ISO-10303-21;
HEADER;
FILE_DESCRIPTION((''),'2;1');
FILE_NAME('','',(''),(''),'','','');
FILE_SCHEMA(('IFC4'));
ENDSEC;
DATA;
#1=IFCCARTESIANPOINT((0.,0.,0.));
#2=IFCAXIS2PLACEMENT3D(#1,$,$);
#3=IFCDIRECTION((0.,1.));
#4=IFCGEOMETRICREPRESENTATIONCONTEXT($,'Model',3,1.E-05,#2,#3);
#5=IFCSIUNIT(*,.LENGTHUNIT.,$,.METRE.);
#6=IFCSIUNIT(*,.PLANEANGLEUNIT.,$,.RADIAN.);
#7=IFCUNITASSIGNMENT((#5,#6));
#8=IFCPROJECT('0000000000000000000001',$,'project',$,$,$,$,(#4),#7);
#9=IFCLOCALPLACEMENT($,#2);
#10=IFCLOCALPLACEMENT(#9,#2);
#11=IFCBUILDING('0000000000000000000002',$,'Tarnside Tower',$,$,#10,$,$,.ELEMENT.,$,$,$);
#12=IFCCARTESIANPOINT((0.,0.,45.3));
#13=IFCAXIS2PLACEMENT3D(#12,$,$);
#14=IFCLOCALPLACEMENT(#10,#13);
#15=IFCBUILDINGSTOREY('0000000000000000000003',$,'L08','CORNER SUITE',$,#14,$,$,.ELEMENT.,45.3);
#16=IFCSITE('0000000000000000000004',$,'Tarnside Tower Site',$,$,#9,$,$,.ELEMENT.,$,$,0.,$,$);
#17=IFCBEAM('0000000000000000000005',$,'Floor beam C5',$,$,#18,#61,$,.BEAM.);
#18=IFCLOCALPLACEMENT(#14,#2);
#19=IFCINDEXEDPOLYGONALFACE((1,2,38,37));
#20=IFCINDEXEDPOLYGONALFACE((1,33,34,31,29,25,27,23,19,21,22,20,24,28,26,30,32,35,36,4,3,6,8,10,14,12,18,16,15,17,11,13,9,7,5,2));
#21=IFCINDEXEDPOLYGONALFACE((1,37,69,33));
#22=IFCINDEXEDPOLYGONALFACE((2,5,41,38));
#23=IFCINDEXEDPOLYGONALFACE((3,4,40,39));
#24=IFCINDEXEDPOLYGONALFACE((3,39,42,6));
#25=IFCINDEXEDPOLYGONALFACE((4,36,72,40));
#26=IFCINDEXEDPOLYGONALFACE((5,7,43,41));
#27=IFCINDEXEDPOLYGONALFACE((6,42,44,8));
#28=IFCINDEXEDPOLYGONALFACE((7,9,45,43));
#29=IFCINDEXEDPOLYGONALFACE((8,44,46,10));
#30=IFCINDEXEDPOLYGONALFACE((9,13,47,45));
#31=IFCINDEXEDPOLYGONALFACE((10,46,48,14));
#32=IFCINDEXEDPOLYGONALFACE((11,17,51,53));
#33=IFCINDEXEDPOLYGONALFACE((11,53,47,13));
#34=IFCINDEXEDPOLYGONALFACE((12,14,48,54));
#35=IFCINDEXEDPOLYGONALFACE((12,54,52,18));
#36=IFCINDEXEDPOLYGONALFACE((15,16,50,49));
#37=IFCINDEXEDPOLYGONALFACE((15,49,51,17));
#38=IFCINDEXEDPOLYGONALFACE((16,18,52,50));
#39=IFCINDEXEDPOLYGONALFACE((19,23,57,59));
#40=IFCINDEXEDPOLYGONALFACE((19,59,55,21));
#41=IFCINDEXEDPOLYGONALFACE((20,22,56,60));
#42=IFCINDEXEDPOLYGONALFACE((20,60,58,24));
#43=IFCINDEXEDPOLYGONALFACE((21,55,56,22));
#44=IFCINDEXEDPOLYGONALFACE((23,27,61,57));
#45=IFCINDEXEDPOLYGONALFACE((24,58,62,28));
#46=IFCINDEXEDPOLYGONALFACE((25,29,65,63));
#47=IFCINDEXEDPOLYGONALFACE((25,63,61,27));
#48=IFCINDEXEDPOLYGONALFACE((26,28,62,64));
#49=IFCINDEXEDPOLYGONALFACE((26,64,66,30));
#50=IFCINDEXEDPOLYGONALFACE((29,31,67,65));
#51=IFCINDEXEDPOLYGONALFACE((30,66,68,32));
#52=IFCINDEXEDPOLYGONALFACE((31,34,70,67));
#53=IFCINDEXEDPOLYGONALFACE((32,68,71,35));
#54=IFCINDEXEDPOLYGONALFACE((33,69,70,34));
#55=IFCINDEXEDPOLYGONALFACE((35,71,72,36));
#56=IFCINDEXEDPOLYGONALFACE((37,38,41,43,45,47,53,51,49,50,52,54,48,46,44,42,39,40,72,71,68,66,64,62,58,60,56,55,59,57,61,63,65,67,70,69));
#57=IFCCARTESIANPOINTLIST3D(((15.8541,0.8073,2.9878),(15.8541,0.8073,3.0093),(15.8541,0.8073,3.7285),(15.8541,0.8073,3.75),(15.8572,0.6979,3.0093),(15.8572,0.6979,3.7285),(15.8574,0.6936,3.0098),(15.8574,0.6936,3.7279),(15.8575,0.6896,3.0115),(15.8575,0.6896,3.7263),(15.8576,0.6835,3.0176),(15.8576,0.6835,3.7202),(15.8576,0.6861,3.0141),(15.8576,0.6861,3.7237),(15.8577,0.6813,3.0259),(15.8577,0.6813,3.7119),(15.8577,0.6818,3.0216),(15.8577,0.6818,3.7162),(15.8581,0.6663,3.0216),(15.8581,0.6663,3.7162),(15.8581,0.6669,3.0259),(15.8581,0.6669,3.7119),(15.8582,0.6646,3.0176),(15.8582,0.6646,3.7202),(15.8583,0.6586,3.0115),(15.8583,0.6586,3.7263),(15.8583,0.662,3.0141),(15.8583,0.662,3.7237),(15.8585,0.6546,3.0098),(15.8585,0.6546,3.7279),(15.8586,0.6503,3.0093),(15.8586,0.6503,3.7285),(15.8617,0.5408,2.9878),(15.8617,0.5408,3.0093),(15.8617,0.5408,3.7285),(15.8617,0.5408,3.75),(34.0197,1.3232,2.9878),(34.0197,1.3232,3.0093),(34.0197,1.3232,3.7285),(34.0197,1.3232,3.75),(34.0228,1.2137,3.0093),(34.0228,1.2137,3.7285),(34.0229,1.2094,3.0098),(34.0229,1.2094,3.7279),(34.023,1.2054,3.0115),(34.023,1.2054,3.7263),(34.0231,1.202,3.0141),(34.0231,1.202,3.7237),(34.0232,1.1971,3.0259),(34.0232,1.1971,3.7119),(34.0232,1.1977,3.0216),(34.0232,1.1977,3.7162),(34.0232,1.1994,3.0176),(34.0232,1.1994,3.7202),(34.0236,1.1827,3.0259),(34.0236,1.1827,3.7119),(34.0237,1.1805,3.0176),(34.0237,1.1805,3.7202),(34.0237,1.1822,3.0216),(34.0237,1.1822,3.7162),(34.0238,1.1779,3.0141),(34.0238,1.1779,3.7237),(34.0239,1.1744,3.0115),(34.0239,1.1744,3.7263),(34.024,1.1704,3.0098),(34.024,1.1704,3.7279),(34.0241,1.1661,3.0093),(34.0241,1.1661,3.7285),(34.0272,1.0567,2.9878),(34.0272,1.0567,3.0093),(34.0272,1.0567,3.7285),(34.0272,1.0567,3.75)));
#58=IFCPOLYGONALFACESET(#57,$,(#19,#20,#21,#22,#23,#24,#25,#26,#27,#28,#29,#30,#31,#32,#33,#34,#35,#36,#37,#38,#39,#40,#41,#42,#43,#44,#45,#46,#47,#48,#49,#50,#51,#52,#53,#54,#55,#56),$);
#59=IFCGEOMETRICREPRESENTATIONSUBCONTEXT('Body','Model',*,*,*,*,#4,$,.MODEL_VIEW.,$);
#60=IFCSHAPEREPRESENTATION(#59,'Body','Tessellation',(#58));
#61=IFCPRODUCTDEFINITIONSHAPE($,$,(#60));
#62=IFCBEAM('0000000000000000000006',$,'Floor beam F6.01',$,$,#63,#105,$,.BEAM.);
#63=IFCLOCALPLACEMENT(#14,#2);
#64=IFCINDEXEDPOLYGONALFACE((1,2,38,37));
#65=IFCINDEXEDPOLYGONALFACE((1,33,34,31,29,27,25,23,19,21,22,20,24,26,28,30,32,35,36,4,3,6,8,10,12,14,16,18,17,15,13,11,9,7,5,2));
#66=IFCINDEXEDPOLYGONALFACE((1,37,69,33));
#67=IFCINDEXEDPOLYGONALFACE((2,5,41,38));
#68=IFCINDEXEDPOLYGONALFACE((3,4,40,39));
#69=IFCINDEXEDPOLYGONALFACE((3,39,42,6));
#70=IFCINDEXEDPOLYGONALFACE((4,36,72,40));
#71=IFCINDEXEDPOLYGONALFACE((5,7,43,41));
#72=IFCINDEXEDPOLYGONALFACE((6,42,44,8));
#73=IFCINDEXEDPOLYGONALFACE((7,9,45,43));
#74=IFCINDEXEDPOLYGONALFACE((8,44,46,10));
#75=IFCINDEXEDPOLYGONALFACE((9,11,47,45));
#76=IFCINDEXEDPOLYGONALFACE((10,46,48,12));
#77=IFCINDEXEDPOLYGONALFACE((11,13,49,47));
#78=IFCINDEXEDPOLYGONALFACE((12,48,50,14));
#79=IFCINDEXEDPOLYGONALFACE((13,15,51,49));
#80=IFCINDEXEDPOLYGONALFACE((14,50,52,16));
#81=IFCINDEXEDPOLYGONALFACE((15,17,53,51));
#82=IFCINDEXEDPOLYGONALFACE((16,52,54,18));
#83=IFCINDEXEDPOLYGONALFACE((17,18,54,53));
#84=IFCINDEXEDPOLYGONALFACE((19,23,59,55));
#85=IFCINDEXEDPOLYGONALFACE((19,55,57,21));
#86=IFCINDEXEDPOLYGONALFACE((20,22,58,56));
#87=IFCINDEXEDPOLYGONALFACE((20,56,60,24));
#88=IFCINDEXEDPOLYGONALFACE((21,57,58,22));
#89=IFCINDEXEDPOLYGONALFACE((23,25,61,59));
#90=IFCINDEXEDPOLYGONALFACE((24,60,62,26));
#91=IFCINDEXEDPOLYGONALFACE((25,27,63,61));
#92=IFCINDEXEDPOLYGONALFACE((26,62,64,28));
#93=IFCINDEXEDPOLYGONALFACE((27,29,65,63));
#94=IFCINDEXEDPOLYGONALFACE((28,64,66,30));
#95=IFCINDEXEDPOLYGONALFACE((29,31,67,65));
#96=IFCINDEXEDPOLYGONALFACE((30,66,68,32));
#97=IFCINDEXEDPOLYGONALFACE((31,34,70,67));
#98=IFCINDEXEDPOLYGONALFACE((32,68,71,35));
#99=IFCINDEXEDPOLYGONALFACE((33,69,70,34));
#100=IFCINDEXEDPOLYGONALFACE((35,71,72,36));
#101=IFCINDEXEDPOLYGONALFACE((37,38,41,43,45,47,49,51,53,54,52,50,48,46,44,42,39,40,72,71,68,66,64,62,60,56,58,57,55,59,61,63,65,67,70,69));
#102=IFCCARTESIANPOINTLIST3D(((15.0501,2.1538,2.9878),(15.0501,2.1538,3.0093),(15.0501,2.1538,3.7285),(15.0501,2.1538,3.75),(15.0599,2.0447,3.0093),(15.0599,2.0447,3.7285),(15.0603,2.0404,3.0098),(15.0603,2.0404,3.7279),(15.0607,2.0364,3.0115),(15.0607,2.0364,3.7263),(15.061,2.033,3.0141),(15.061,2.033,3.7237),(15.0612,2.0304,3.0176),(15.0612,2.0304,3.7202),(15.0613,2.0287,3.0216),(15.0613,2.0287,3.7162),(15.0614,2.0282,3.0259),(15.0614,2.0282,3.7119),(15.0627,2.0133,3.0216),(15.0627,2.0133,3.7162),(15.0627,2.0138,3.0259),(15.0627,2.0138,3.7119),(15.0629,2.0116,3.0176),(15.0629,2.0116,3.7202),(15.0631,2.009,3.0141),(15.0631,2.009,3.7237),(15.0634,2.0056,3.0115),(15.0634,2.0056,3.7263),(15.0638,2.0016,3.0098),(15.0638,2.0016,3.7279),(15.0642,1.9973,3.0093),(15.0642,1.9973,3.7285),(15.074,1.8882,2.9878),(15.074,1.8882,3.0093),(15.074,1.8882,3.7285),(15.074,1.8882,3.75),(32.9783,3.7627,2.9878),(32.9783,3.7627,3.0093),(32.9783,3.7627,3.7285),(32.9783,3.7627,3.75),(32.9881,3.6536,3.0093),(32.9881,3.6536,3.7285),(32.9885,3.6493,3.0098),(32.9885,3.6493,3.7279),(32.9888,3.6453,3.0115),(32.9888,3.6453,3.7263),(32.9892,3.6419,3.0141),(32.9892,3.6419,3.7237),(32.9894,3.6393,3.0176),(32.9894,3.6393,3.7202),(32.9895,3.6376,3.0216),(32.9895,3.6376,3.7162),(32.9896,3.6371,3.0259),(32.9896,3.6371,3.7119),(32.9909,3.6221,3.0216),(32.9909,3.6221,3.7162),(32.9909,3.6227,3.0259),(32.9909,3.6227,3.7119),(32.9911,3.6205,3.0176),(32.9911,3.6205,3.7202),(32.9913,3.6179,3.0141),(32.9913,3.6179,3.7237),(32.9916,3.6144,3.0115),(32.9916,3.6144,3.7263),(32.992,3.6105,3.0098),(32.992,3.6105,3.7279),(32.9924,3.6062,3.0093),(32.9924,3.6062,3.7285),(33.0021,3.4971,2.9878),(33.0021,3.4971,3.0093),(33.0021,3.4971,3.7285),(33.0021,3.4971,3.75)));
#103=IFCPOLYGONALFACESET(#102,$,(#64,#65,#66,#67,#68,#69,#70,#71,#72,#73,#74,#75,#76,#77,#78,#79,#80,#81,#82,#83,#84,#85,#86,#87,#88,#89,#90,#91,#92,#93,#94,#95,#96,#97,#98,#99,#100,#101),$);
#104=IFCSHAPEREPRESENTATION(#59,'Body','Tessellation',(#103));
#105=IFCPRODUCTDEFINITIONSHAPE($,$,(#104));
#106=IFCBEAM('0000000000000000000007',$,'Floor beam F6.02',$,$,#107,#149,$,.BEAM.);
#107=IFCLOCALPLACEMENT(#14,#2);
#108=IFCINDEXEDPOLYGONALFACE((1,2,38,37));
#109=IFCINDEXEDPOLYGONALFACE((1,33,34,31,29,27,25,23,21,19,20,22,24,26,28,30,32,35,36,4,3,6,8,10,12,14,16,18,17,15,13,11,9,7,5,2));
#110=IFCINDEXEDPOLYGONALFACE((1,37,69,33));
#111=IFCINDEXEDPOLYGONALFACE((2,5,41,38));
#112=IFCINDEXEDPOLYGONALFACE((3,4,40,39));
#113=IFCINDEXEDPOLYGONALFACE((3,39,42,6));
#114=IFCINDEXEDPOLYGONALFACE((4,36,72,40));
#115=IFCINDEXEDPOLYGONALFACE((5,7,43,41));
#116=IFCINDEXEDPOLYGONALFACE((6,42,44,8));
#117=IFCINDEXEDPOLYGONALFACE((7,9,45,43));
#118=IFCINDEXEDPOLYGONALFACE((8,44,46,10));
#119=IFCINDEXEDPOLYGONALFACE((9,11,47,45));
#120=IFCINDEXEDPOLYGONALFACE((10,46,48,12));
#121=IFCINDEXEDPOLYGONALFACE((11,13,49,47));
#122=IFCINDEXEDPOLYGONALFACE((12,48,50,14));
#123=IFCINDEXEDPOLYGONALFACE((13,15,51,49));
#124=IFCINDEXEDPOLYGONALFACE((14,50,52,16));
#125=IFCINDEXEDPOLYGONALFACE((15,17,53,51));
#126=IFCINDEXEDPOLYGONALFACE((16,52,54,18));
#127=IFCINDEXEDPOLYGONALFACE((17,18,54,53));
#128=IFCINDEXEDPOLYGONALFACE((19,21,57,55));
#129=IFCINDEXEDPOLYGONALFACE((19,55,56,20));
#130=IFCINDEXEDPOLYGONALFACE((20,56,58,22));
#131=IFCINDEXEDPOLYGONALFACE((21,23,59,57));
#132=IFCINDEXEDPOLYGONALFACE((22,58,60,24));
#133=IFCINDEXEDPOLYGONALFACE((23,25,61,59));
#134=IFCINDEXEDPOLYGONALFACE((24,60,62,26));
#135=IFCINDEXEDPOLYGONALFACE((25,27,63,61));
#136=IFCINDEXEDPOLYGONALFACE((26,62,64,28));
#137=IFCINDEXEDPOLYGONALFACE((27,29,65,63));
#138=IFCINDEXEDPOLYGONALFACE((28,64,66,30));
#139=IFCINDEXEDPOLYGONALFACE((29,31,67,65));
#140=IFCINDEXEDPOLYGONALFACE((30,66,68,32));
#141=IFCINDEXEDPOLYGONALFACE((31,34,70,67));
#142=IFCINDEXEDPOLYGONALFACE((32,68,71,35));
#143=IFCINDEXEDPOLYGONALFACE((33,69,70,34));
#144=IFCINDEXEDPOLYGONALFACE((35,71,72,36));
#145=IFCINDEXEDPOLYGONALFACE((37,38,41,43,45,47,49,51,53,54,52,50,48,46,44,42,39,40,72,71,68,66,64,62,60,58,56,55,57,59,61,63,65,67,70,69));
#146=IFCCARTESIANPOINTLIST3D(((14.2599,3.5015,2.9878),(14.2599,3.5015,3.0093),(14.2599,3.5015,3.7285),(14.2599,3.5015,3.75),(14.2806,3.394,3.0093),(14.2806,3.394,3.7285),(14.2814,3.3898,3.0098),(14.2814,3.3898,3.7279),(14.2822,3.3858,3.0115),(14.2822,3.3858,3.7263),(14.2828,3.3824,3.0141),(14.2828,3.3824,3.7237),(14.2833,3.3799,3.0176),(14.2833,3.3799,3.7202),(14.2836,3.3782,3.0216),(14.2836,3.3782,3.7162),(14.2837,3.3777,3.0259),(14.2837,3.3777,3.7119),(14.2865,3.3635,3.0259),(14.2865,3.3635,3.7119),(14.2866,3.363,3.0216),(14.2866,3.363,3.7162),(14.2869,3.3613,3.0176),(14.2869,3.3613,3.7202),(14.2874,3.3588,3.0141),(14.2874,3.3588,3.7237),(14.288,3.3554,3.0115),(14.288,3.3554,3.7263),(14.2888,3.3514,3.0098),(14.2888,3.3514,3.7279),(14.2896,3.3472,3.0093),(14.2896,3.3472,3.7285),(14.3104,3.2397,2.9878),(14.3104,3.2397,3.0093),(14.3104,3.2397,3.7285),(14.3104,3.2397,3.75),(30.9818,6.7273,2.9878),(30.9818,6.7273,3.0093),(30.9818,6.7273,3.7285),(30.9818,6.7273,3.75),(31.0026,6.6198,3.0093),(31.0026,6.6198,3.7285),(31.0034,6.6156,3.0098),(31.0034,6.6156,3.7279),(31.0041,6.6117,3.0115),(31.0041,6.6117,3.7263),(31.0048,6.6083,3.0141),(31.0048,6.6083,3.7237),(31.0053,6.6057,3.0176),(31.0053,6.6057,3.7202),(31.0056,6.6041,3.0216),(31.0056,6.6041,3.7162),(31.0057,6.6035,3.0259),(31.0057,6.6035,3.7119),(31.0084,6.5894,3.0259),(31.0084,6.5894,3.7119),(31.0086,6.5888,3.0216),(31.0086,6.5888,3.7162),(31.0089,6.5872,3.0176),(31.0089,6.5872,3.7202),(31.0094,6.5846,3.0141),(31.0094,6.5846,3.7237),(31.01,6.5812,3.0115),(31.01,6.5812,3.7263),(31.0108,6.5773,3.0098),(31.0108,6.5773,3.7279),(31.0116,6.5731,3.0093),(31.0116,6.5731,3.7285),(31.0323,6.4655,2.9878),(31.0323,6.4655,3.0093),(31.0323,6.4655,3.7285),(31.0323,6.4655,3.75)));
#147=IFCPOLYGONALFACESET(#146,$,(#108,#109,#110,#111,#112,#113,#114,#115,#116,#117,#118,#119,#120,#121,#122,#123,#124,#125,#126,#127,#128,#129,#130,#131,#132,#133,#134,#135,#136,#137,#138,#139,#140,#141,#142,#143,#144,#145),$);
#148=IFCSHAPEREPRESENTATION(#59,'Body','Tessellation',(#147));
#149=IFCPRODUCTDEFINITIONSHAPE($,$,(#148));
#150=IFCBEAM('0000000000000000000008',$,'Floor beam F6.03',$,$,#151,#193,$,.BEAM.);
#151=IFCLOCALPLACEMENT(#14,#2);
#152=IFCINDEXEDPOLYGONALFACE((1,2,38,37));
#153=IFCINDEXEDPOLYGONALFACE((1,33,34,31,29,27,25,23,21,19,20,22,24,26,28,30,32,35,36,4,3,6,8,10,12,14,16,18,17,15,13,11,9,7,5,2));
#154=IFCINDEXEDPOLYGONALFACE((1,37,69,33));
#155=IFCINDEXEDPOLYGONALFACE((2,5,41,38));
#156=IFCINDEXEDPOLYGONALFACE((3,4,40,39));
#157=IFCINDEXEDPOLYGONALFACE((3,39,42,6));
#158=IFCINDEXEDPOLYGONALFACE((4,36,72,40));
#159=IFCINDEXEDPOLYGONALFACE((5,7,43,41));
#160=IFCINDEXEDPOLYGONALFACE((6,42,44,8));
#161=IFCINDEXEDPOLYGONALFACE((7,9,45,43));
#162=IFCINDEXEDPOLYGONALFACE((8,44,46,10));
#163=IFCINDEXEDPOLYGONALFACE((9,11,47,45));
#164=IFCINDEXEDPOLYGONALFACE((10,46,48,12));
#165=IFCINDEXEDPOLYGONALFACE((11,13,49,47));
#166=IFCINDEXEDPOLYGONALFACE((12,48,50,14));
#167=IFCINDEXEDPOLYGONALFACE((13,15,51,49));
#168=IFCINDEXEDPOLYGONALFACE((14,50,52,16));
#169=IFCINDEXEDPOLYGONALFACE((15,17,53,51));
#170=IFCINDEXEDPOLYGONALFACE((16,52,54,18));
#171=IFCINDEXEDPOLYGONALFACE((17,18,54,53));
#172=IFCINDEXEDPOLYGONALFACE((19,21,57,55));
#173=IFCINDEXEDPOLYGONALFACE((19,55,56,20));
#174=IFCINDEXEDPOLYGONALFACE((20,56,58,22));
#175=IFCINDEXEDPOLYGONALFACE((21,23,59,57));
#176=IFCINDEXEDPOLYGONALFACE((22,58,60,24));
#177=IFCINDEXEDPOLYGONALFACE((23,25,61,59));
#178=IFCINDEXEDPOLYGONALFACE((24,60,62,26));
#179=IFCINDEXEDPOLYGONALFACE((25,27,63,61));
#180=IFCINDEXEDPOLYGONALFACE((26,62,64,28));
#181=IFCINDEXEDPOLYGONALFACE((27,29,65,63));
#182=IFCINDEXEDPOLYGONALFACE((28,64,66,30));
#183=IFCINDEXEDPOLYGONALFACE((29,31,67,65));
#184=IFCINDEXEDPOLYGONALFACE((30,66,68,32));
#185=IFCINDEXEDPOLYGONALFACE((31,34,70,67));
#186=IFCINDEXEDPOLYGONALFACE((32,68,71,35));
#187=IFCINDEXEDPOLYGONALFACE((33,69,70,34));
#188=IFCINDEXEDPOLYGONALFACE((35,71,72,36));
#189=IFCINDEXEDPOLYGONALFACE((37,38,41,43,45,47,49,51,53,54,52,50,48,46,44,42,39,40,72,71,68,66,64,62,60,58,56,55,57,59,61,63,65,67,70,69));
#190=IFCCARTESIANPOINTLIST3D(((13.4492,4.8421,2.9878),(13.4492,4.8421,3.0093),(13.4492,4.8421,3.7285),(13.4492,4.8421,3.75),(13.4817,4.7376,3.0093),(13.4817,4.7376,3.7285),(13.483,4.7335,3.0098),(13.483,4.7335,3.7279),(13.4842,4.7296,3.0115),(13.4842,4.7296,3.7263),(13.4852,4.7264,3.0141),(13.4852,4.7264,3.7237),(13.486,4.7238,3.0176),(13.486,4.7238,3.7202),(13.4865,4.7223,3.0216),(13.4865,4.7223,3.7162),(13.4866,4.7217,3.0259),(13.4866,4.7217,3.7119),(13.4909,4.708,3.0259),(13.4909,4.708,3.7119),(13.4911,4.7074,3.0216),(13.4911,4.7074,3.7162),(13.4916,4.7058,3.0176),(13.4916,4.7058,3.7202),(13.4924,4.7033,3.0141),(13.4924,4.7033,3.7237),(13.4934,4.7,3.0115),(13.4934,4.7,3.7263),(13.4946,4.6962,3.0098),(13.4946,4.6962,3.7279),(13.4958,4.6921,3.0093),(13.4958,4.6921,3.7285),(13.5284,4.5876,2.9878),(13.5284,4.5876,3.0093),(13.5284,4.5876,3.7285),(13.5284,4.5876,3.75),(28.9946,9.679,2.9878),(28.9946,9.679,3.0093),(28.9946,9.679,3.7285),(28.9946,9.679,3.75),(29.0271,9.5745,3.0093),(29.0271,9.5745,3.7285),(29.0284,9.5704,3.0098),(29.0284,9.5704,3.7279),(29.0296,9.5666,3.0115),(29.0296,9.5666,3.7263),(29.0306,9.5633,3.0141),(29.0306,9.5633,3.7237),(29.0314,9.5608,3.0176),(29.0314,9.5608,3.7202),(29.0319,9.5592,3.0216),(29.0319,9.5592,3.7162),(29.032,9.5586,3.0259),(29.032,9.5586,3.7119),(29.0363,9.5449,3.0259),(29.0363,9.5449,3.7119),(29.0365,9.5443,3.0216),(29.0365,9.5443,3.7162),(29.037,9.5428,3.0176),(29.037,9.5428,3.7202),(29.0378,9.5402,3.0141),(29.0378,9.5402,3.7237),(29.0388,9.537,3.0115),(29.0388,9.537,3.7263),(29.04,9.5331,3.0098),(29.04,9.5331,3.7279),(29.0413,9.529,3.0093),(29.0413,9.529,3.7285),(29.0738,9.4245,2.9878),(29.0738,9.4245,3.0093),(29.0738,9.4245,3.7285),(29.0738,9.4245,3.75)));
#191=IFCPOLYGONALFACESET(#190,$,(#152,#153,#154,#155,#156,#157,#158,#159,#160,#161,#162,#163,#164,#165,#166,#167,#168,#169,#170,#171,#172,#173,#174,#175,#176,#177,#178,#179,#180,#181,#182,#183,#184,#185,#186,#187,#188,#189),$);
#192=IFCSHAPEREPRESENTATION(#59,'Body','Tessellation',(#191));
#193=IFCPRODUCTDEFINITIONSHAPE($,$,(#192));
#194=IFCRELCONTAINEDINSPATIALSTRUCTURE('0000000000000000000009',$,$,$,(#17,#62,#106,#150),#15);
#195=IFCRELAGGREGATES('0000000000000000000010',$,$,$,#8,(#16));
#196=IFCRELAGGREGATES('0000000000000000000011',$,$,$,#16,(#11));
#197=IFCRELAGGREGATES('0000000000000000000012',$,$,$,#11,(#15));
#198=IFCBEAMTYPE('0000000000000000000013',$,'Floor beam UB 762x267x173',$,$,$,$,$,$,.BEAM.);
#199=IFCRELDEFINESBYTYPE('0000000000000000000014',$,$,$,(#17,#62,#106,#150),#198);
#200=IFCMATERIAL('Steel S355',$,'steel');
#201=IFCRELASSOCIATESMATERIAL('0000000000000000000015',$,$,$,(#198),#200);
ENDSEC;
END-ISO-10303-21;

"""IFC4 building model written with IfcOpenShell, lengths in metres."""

from ifc_helpers import new_model, si_unit, direction, frame, origin, origin_2d, place, context, subcontext, project, spatial, i_section, extrude, material, material_profile, profile_set, type_object, element, save


model = new_model("IFC4")

# Units and contexts
model_context = context("Model", 3, precision=1e-05, world=origin(), true_north=direction((0.0, 1.0)))
body_context = subcontext(model_context, "Body", "Model", "MODEL_VIEW")
ifc_project = project(units=[si_unit("LENGTHUNIT", "METRE"), si_unit("PLANEANGLEUNIT", "RADIAN")], contexts=[model_context])

# Site, building, storey
site_placement = place(None, origin())
site = spatial("IfcSite", under=ifc_project, at=site_placement, Name="Tarnside Tower Site", CompositionType="ELEMENT", RefElevation=0.0)
building_placement = place(site_placement, origin())
building = spatial("IfcBuilding", under=site, at=building_placement, Name="Tarnside Tower", CompositionType="ELEMENT")
storey_placement = place(building_placement, frame((0.0, 0.0, 45.3)))
storey = spatial("IfcBuildingStorey", under=building, at=storey_placement, Name="L08", Description="CORNER SUITE", CompositionType="ELEMENT", Elevation=45.3)

# Beams
ifc_material_1 = material(Name="Steel S355", Category="steel")
ifc_material_profile = material_profile(ifc_material_1, i_section(OverallWidth=0.2666, OverallDepth=0.7622, WebThickness=0.0144, FlangeThickness=0.0215, FilletRadius=0.0166, at=origin_2d()), Name="UB 762x267x173")
ifc_profile_set = profile_set([ifc_material_profile], Name="Steel S355")
beam_type = type_object("IfcBeamType", Name="Floor beam UB 762x267x173", PredefinedType="BEAM", material=ifc_profile_set)
beam_1_placement = place(storey_placement, frame((34.0234, 1.1899, 3.3689), z_axis=(-0.999597, -0.028387, 0.0), x_axis=(0.028387, -0.999597, 0.0)))
element("IfcBeam", 1, at=beam_1_placement, inside=storey, type_object=beam_type, Name="Floor beam C5", PredefinedType="BEAM", context=body_context, shape_type="SweptSolid", body=[
    extrude(i_section(OverallWidth=0.2666, OverallDepth=0.7622, WebThickness=0.0144, FlangeThickness=0.0215, FilletRadius=0.0166, at=origin_2d()), origin(), (0.0, 0.0, 1.0), 18.1729),
])
beam_2_placement = place(storey_placement, frame((32.9902, 3.6299, 3.3689), z_axis=(-0.995997, -0.089381, 0.0), x_axis=(0.089381, -0.995997, 0.0)))
element("IfcBeam", 2, at=beam_2_placement, inside=storey, type_object=beam_type, Name="Floor beam F6.01", PredefinedType="BEAM", context=body_context, shape_type="SweptSolid", body=[
    extrude(i_section(OverallWidth=0.2666, OverallDepth=0.7622, WebThickness=0.0144, FlangeThickness=0.0215, FilletRadius=0.0166, at=origin_2d()), origin(), (0.0, 0.0, 1.0), 18.0002),
])
beam_3_placement = place(storey_placement, frame((31.0071, 6.5964, 3.3689), z_axis=(-0.981897, -0.189418, 0.0), x_axis=(0.189418, -0.981897, 0.0)))
element("IfcBeam", 3, at=beam_3_placement, inside=storey, type_object=beam_type, Name="Floor beam F6.02", PredefinedType="BEAM", context=body_context, shape_type="SweptSolid", body=[
    extrude(i_section(OverallWidth=0.2666, OverallDepth=0.7622, WebThickness=0.0144, FlangeThickness=0.0215, FilletRadius=0.0166, at=origin_2d()), origin(), (0.0, 0.0, 1.0), 17.0303),
])
beam_4_placement = place(storey_placement, frame((29.0342, 9.5518, 3.3689), z_axis=(-0.954847, -0.297098, 0.0), x_axis=(0.297098, -0.954847, 0.0)))
element("IfcBeam", 4, at=beam_4_placement, inside=storey, type_object=beam_type, Name="Floor beam F6.03", PredefinedType="BEAM", context=body_context, shape_type="SweptSolid", body=[
    extrude(i_section(OverallWidth=0.2666, OverallDepth=0.7622, WebThickness=0.0144, FlangeThickness=0.0215, FilletRadius=0.0166, at=origin_2d()), origin(), (0.0, 0.0, 1.0), 16.2805),
])

save(model, "model.ifc")
